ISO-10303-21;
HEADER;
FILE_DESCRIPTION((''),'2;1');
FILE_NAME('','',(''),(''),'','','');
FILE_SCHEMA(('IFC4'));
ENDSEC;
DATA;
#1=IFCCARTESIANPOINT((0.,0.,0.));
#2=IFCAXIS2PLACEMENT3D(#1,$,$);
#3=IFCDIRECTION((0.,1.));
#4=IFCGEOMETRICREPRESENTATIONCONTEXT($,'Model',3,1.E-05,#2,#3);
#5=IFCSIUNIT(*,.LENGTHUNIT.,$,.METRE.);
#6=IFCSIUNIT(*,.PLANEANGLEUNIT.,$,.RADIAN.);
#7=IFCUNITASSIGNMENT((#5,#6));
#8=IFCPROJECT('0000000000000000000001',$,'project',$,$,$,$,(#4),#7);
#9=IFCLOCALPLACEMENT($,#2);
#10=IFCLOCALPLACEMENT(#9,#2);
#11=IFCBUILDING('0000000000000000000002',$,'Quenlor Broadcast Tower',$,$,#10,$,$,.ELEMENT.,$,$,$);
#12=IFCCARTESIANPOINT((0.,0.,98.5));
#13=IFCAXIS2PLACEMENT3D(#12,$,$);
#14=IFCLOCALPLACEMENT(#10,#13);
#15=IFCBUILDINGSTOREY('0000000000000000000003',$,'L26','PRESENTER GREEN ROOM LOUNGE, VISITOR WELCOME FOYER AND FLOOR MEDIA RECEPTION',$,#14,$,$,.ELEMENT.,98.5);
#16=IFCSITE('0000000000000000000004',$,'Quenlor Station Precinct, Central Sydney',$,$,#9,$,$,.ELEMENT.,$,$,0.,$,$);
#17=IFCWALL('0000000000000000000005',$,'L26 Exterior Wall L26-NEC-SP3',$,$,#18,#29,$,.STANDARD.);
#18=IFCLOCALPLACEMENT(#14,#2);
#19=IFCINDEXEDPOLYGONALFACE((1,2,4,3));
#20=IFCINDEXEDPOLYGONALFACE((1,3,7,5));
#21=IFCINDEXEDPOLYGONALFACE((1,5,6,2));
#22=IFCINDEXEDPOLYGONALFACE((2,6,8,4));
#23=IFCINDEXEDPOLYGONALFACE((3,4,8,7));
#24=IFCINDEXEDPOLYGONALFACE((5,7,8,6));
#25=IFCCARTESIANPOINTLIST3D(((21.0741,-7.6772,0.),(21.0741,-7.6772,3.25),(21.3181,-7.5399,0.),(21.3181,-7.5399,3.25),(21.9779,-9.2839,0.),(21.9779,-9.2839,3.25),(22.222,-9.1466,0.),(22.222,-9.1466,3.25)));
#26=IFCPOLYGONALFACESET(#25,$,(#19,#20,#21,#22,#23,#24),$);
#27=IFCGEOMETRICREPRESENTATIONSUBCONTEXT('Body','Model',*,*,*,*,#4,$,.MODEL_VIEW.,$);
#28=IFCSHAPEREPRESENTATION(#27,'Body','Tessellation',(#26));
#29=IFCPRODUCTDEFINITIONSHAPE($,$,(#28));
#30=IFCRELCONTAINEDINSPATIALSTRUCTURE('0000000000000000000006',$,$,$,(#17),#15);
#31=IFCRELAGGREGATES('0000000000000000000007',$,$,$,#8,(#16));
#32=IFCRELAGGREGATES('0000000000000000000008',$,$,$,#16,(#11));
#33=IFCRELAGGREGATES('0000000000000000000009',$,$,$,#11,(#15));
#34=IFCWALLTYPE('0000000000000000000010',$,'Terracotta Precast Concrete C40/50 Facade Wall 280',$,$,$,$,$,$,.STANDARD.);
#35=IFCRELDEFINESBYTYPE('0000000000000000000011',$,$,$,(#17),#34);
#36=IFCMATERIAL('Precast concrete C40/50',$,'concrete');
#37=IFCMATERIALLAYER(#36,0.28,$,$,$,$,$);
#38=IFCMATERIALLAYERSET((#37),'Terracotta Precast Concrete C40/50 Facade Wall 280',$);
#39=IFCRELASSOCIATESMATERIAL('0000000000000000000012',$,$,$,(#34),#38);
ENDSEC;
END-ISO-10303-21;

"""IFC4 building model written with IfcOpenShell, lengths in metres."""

from ifc_helpers import new_model, si_unit, direction, frame, frame_2d, origin, place, context, subcontext, project, spatial, rectangle, extrude, material, layer, layer_set, type_object, element, save


model = new_model("IFC4")

# Units and contexts
model_context = context("Model", 3, precision=1e-05, world=origin(), true_north=direction((0.0, 1.0)))
body_context = subcontext(model_context, "Body", "Model", "MODEL_VIEW")
ifc_project = project(units=[si_unit("LENGTHUNIT", "METRE"), si_unit("PLANEANGLEUNIT", "RADIAN")], contexts=[model_context])

# Site, building, storey
site_placement = place(None, origin())
site = spatial("IfcSite", under=ifc_project, at=site_placement, Name="Quenlor Station Precinct, Central Sydney", CompositionType="ELEMENT", RefElevation=0.0)
building_placement = place(site_placement, origin())
building = spatial("IfcBuilding", under=site, at=building_placement, Name="Quenlor Broadcast Tower", CompositionType="ELEMENT")
storey_placement = place(building_placement, frame((0.0, 0.0, 98.5)))
storey = spatial("IfcBuildingStorey", under=building, at=storey_placement, Name="L26", Description="PRESENTER GREEN ROOM LOUNGE, VISITOR WELCOME FOYER AND FLOOR MEDIA RECEPTION", CompositionType="ELEMENT", Elevation=98.5)

# Wall
ifc_material_1 = material(Name="Precast concrete C40/50", Category="concrete")
ifc_layer_1 = layer(ifc_material_1, 0.28)
ifc_layer_set_1 = layer_set([ifc_layer_1], Name="Terracotta Precast Concrete C40/50 Facade Wall 280")
wall_type_1 = type_object("IfcWallType", Name="Terracotta Precast Concrete C40/50 Facade Wall 280", PredefinedType="STANDARD", material=ifc_layer_set_1)
wall_1_placement = place(storey_placement, frame((21.196, -7.6084, 0.0), z_axis=(0.0, 0.0, 1.0), x_axis=(0.49028, -0.871565, 0.0)))
element("IfcWall", 1, at=wall_1_placement, inside=storey, type_object=wall_type_1, Name="L26 Exterior Wall L26-NEC-SP3", PredefinedType="STANDARD", context=body_context, shape_type="SweptSolid", body=[
    extrude(rectangle(XDim=1.8435, YDim=0.28, at=frame_2d((0.9219, 0.0))), origin(), (0.0, 0.0, 1.0), 3.25),
])

save(model, "model.ifc")
